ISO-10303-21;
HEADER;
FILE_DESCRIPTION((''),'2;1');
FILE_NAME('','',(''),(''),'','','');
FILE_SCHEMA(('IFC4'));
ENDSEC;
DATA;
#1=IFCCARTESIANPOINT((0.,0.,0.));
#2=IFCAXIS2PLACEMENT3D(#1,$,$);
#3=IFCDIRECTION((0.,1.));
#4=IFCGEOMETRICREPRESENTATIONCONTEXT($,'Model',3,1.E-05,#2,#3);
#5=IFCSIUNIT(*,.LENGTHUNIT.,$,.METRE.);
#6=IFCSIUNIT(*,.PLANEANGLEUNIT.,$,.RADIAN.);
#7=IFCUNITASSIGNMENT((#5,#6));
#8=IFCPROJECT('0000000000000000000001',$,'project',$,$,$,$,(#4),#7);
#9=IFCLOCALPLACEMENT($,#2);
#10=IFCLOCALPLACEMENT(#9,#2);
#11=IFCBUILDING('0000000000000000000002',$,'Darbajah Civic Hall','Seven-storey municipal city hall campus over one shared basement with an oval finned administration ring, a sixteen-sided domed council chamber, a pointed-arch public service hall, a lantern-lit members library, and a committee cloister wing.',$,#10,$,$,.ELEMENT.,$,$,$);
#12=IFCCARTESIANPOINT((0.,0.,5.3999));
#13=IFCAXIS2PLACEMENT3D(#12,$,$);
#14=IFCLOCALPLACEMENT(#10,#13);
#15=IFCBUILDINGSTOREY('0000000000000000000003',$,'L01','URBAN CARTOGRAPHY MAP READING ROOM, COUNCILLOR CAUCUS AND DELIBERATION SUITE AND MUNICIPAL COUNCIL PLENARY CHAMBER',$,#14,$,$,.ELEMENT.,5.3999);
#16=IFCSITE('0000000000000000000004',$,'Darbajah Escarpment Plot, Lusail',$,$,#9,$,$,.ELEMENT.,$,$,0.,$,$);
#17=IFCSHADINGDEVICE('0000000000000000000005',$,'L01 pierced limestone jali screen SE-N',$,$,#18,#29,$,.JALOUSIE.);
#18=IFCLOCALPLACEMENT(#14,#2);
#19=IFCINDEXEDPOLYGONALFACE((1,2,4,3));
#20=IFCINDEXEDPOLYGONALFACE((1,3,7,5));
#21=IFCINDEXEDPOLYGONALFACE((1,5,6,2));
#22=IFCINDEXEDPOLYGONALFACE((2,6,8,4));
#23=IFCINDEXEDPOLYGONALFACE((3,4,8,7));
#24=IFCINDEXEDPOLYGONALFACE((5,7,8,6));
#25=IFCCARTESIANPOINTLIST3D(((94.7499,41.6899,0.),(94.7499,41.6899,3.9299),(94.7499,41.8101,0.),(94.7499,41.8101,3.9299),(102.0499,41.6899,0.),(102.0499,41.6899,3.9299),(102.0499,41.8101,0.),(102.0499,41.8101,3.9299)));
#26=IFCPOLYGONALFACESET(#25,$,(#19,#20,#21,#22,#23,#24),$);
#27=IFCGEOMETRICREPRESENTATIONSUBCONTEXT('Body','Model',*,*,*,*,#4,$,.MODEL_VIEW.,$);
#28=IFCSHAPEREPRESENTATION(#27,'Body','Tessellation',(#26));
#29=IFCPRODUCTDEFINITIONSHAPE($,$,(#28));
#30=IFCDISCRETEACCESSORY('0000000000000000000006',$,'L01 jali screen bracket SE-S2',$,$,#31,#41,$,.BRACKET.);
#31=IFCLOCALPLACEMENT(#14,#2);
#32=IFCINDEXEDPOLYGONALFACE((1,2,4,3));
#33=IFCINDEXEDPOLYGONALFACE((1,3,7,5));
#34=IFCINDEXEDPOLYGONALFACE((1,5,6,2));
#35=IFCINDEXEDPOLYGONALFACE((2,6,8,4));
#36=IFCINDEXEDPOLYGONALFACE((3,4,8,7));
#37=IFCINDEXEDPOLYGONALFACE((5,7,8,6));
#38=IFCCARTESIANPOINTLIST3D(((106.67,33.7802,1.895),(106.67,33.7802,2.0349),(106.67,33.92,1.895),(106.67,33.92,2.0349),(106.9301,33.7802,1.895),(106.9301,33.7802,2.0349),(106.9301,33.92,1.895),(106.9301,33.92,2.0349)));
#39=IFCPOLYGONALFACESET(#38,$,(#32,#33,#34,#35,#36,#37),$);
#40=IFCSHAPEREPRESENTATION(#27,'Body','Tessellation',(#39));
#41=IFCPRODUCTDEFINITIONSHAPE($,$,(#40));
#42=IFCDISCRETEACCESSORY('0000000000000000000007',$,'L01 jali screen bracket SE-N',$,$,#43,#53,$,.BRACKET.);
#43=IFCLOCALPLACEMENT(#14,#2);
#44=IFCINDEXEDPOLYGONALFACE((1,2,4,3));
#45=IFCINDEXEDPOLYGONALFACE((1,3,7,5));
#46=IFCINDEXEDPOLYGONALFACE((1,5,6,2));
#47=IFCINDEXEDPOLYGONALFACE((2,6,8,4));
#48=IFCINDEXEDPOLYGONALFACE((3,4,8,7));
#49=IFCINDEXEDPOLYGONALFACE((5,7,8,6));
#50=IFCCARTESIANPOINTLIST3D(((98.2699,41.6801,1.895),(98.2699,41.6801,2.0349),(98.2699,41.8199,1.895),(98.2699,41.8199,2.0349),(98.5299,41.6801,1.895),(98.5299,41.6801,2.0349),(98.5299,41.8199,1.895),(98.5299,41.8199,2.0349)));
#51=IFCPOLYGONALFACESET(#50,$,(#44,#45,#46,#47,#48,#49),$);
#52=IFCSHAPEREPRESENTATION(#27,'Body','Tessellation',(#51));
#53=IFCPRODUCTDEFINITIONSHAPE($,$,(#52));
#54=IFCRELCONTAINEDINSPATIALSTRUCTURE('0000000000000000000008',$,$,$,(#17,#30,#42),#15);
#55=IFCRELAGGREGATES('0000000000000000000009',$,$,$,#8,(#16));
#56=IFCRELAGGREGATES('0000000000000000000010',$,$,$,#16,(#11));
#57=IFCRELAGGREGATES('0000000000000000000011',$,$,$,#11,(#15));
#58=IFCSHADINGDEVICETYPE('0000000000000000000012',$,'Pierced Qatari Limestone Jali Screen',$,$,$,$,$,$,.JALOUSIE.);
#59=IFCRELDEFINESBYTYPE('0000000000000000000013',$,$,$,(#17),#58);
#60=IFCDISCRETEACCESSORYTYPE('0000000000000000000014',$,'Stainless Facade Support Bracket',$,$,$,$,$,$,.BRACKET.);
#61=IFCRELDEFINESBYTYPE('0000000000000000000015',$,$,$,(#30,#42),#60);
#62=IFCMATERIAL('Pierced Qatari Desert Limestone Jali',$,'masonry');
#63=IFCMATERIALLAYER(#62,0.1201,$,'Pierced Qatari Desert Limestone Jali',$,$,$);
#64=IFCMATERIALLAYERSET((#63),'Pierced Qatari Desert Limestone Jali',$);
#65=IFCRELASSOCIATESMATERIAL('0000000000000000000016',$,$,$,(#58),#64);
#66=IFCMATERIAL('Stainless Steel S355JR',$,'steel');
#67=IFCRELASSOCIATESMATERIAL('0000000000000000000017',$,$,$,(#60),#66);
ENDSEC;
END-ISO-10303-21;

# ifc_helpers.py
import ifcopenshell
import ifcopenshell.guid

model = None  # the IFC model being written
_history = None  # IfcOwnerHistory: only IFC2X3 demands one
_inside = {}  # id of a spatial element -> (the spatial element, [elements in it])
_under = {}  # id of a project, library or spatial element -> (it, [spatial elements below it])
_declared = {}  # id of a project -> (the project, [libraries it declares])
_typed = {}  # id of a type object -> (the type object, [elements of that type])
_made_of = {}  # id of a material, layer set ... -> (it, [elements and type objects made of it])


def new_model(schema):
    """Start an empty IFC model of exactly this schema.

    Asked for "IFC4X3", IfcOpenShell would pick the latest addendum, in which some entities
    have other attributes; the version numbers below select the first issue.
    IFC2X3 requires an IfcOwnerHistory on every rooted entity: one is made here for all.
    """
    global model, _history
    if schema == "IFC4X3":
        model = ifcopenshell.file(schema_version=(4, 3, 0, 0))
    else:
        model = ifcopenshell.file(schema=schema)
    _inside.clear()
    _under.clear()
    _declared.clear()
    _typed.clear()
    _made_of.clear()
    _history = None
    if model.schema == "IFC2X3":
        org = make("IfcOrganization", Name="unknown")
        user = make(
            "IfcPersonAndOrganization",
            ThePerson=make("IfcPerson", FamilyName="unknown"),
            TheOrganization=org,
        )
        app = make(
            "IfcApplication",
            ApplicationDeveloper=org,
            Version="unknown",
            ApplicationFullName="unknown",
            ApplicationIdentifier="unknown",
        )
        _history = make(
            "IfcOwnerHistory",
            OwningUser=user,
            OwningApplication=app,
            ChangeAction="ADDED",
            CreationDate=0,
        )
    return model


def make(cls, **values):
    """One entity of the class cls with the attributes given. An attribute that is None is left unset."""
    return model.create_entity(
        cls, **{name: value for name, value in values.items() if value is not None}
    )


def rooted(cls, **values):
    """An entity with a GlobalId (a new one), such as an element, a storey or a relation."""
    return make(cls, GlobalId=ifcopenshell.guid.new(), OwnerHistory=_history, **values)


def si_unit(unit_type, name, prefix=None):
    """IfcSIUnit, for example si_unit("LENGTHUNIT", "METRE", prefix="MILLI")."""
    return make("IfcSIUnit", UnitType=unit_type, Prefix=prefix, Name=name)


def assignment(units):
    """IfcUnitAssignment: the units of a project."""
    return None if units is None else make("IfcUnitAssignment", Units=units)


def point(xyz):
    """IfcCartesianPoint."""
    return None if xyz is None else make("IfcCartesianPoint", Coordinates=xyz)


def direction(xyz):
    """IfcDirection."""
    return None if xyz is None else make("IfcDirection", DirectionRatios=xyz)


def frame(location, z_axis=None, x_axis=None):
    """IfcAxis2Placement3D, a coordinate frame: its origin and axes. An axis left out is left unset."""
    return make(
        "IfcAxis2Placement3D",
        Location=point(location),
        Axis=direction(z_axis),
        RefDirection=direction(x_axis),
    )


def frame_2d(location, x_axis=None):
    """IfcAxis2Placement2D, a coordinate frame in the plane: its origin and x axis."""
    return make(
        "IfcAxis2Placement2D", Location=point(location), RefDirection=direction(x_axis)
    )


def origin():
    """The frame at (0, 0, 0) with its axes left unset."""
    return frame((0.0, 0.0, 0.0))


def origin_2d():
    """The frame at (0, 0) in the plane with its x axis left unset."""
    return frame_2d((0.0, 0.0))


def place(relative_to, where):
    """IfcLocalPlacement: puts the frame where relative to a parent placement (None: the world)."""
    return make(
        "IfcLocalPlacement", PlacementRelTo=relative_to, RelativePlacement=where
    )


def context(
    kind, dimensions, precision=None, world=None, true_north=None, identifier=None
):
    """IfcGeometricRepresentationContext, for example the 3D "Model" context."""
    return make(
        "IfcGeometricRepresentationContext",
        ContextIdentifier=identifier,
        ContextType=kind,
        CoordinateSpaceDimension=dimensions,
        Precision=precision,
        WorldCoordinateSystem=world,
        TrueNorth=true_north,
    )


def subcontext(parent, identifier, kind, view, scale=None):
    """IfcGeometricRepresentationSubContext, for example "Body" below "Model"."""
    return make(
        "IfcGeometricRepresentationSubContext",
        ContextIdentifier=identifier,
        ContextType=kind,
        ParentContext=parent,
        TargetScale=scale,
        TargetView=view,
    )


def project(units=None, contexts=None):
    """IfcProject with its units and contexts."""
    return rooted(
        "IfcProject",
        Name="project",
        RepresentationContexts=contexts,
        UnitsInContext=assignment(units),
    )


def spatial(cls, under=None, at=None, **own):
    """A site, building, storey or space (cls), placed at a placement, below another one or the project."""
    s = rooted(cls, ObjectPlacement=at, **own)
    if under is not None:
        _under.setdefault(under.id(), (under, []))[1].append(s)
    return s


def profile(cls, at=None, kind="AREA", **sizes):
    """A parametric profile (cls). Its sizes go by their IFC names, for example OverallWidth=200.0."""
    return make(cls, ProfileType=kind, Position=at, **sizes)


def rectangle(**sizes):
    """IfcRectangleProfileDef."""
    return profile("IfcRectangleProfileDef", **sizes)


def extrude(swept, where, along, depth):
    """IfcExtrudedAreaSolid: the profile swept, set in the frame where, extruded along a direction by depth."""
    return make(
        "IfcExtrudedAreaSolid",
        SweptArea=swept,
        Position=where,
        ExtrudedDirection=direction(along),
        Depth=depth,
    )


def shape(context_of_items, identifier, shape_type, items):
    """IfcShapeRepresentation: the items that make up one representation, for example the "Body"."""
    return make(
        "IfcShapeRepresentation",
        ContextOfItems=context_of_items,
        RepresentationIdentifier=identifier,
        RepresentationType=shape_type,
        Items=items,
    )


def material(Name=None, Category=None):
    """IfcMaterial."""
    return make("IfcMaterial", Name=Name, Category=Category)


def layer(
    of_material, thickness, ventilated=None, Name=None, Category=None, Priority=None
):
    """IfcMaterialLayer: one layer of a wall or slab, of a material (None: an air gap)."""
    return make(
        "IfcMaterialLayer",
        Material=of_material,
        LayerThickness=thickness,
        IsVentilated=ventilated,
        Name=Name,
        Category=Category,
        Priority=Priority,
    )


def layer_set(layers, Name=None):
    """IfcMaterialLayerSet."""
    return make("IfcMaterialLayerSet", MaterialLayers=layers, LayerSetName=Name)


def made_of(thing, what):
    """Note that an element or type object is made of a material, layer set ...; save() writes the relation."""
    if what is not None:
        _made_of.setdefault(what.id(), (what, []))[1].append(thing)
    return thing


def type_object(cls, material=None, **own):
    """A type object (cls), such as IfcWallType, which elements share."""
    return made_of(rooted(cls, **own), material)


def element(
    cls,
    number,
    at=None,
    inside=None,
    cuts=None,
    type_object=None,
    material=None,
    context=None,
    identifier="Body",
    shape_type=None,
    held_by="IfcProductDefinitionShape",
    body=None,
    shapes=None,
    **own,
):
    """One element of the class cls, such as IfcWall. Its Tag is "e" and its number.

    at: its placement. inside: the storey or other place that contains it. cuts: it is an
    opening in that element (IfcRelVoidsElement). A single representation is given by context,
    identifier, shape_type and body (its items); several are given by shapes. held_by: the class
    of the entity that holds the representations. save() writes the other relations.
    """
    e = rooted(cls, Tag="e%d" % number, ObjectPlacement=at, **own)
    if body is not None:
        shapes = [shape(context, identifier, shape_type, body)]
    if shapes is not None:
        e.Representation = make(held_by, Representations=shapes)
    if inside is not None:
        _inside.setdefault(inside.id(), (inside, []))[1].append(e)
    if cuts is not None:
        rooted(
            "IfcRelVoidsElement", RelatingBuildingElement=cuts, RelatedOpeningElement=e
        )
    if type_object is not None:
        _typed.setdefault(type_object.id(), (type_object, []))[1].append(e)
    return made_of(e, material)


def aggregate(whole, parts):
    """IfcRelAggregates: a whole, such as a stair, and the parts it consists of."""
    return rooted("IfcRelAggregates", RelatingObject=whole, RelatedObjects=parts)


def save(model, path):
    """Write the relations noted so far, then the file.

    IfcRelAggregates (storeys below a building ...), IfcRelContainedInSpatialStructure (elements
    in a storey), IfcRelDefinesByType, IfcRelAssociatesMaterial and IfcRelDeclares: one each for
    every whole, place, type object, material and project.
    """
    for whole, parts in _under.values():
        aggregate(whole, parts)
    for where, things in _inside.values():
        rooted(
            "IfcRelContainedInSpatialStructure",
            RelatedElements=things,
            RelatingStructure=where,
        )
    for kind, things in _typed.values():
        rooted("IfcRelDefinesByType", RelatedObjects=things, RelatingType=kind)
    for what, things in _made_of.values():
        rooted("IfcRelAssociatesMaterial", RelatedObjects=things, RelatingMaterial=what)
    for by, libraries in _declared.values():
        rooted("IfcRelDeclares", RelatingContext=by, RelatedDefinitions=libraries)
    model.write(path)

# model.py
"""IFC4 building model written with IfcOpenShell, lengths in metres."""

from ifc_helpers import new_model, si_unit, direction, frame, origin, origin_2d, place, context, subcontext, project, spatial, rectangle, extrude, material, layer, layer_set, type_object, element, save


model = new_model("IFC4")

# Units and contexts
model_context = context("Model", 3, precision=1e-05, world=origin(), true_north=direction((0.0, 1.0)))
body_context = subcontext(model_context, "Body", "Model", "MODEL_VIEW")
ifc_project = project(units=[si_unit("LENGTHUNIT", "METRE"), si_unit("PLANEANGLEUNIT", "RADIAN")], contexts=[model_context])

# Site, building, storey
site_placement = place(None, origin())
site = spatial("IfcSite", under=ifc_project, at=site_placement, Name="Darbajah Escarpment Plot, Lusail", CompositionType="ELEMENT", RefElevation=0.0)
building_placement = place(site_placement, origin())
building = spatial("IfcBuilding", under=site, at=building_placement, Name="Darbajah Civic Hall", Description="Seven-storey municipal city hall campus over one shared basement with an oval finned administration ring, a sixteen-sided domed council chamber, a pointed-arch public service hall, a lantern-lit members library, and a committee cloister wing.", CompositionType="ELEMENT")
storey_placement = place(building_placement, frame((0.0, 0.0, 5.3999)))
storey = spatial("IfcBuildingStorey", under=building, at=storey_placement, Name="L01", Description="URBAN CARTOGRAPHY MAP READING ROOM, COUNCILLOR CAUCUS AND DELIBERATION SUITE AND MUNICIPAL COUNCIL PLENARY CHAMBER", CompositionType="ELEMENT", Elevation=5.3999)

# Shading device
ifc_material_1 = material(Name="Pierced Qatari Desert Limestone Jali", Category="masonry")
ifc_layer_1 = layer(ifc_material_1, 0.1201, Name="Pierced Qatari Desert Limestone Jali")
ifc_layer_set_1 = layer_set([ifc_layer_1], Name="Pierced Qatari Desert Limestone Jali")
shading_device_type = type_object("IfcShadingDeviceType", Name="Pierced Qatari Limestone Jali Screen", PredefinedType="JALOUSIE", material=ifc_layer_set_1)
for number, where, z_axis, x_axis, name in (
    (1, (98.3999, 41.75, 0.0), (0.0, 0.0, 1.0), (1.0, 0.0, 0.0), "L01 pierced limestone jali screen SE-N"),
):
    element("IfcShadingDevice", number, at=place(storey_placement, frame(where, z_axis=z_axis, x_axis=x_axis)), inside=storey, type_object=shading_device_type, Name=name, PredefinedType="JALOUSIE", context=body_context, shape_type="SweptSolid", body=[
        extrude(rectangle(XDim=7.3, YDim=0.1201, at=origin_2d()), origin(), (0.0, 0.0, 1.0), 3.9299),
    ])

# Discrete accessories
ifc_material_2 = material(Name="Stainless Steel S355JR", Category="steel")
discrete_accessory_type = type_object("IfcDiscreteAccessoryType", Name="Stainless Facade Support Bracket", PredefinedType="BRACKET", material=ifc_material_2)
for number, where, z_axis, x_axis, name in (
    (2, (106.8, 33.8501, 1.895), (0.0, 0.0, 1.0), (1.0, 0.0, 0.0), "L01 jali screen bracket SE-S2"),
    (3, (98.3999, 41.75, 1.895), (0.0, 0.0, 1.0), (1.0, 0.0, 0.0), "L01 jali screen bracket SE-N"),
):
    element("IfcDiscreteAccessory", number, at=place(storey_placement, frame(where, z_axis=z_axis, x_axis=x_axis)), inside=storey, type_object=discrete_accessory_type, Name=name, PredefinedType="BRACKET", context=body_context, shape_type="SweptSolid", body=[
        extrude(rectangle(XDim=0.26, YDim=0.1399, at=origin_2d()), origin(), (0.0, 0.0, 1.0), 0.1399),
    ])

save(model, "model.ifc")
